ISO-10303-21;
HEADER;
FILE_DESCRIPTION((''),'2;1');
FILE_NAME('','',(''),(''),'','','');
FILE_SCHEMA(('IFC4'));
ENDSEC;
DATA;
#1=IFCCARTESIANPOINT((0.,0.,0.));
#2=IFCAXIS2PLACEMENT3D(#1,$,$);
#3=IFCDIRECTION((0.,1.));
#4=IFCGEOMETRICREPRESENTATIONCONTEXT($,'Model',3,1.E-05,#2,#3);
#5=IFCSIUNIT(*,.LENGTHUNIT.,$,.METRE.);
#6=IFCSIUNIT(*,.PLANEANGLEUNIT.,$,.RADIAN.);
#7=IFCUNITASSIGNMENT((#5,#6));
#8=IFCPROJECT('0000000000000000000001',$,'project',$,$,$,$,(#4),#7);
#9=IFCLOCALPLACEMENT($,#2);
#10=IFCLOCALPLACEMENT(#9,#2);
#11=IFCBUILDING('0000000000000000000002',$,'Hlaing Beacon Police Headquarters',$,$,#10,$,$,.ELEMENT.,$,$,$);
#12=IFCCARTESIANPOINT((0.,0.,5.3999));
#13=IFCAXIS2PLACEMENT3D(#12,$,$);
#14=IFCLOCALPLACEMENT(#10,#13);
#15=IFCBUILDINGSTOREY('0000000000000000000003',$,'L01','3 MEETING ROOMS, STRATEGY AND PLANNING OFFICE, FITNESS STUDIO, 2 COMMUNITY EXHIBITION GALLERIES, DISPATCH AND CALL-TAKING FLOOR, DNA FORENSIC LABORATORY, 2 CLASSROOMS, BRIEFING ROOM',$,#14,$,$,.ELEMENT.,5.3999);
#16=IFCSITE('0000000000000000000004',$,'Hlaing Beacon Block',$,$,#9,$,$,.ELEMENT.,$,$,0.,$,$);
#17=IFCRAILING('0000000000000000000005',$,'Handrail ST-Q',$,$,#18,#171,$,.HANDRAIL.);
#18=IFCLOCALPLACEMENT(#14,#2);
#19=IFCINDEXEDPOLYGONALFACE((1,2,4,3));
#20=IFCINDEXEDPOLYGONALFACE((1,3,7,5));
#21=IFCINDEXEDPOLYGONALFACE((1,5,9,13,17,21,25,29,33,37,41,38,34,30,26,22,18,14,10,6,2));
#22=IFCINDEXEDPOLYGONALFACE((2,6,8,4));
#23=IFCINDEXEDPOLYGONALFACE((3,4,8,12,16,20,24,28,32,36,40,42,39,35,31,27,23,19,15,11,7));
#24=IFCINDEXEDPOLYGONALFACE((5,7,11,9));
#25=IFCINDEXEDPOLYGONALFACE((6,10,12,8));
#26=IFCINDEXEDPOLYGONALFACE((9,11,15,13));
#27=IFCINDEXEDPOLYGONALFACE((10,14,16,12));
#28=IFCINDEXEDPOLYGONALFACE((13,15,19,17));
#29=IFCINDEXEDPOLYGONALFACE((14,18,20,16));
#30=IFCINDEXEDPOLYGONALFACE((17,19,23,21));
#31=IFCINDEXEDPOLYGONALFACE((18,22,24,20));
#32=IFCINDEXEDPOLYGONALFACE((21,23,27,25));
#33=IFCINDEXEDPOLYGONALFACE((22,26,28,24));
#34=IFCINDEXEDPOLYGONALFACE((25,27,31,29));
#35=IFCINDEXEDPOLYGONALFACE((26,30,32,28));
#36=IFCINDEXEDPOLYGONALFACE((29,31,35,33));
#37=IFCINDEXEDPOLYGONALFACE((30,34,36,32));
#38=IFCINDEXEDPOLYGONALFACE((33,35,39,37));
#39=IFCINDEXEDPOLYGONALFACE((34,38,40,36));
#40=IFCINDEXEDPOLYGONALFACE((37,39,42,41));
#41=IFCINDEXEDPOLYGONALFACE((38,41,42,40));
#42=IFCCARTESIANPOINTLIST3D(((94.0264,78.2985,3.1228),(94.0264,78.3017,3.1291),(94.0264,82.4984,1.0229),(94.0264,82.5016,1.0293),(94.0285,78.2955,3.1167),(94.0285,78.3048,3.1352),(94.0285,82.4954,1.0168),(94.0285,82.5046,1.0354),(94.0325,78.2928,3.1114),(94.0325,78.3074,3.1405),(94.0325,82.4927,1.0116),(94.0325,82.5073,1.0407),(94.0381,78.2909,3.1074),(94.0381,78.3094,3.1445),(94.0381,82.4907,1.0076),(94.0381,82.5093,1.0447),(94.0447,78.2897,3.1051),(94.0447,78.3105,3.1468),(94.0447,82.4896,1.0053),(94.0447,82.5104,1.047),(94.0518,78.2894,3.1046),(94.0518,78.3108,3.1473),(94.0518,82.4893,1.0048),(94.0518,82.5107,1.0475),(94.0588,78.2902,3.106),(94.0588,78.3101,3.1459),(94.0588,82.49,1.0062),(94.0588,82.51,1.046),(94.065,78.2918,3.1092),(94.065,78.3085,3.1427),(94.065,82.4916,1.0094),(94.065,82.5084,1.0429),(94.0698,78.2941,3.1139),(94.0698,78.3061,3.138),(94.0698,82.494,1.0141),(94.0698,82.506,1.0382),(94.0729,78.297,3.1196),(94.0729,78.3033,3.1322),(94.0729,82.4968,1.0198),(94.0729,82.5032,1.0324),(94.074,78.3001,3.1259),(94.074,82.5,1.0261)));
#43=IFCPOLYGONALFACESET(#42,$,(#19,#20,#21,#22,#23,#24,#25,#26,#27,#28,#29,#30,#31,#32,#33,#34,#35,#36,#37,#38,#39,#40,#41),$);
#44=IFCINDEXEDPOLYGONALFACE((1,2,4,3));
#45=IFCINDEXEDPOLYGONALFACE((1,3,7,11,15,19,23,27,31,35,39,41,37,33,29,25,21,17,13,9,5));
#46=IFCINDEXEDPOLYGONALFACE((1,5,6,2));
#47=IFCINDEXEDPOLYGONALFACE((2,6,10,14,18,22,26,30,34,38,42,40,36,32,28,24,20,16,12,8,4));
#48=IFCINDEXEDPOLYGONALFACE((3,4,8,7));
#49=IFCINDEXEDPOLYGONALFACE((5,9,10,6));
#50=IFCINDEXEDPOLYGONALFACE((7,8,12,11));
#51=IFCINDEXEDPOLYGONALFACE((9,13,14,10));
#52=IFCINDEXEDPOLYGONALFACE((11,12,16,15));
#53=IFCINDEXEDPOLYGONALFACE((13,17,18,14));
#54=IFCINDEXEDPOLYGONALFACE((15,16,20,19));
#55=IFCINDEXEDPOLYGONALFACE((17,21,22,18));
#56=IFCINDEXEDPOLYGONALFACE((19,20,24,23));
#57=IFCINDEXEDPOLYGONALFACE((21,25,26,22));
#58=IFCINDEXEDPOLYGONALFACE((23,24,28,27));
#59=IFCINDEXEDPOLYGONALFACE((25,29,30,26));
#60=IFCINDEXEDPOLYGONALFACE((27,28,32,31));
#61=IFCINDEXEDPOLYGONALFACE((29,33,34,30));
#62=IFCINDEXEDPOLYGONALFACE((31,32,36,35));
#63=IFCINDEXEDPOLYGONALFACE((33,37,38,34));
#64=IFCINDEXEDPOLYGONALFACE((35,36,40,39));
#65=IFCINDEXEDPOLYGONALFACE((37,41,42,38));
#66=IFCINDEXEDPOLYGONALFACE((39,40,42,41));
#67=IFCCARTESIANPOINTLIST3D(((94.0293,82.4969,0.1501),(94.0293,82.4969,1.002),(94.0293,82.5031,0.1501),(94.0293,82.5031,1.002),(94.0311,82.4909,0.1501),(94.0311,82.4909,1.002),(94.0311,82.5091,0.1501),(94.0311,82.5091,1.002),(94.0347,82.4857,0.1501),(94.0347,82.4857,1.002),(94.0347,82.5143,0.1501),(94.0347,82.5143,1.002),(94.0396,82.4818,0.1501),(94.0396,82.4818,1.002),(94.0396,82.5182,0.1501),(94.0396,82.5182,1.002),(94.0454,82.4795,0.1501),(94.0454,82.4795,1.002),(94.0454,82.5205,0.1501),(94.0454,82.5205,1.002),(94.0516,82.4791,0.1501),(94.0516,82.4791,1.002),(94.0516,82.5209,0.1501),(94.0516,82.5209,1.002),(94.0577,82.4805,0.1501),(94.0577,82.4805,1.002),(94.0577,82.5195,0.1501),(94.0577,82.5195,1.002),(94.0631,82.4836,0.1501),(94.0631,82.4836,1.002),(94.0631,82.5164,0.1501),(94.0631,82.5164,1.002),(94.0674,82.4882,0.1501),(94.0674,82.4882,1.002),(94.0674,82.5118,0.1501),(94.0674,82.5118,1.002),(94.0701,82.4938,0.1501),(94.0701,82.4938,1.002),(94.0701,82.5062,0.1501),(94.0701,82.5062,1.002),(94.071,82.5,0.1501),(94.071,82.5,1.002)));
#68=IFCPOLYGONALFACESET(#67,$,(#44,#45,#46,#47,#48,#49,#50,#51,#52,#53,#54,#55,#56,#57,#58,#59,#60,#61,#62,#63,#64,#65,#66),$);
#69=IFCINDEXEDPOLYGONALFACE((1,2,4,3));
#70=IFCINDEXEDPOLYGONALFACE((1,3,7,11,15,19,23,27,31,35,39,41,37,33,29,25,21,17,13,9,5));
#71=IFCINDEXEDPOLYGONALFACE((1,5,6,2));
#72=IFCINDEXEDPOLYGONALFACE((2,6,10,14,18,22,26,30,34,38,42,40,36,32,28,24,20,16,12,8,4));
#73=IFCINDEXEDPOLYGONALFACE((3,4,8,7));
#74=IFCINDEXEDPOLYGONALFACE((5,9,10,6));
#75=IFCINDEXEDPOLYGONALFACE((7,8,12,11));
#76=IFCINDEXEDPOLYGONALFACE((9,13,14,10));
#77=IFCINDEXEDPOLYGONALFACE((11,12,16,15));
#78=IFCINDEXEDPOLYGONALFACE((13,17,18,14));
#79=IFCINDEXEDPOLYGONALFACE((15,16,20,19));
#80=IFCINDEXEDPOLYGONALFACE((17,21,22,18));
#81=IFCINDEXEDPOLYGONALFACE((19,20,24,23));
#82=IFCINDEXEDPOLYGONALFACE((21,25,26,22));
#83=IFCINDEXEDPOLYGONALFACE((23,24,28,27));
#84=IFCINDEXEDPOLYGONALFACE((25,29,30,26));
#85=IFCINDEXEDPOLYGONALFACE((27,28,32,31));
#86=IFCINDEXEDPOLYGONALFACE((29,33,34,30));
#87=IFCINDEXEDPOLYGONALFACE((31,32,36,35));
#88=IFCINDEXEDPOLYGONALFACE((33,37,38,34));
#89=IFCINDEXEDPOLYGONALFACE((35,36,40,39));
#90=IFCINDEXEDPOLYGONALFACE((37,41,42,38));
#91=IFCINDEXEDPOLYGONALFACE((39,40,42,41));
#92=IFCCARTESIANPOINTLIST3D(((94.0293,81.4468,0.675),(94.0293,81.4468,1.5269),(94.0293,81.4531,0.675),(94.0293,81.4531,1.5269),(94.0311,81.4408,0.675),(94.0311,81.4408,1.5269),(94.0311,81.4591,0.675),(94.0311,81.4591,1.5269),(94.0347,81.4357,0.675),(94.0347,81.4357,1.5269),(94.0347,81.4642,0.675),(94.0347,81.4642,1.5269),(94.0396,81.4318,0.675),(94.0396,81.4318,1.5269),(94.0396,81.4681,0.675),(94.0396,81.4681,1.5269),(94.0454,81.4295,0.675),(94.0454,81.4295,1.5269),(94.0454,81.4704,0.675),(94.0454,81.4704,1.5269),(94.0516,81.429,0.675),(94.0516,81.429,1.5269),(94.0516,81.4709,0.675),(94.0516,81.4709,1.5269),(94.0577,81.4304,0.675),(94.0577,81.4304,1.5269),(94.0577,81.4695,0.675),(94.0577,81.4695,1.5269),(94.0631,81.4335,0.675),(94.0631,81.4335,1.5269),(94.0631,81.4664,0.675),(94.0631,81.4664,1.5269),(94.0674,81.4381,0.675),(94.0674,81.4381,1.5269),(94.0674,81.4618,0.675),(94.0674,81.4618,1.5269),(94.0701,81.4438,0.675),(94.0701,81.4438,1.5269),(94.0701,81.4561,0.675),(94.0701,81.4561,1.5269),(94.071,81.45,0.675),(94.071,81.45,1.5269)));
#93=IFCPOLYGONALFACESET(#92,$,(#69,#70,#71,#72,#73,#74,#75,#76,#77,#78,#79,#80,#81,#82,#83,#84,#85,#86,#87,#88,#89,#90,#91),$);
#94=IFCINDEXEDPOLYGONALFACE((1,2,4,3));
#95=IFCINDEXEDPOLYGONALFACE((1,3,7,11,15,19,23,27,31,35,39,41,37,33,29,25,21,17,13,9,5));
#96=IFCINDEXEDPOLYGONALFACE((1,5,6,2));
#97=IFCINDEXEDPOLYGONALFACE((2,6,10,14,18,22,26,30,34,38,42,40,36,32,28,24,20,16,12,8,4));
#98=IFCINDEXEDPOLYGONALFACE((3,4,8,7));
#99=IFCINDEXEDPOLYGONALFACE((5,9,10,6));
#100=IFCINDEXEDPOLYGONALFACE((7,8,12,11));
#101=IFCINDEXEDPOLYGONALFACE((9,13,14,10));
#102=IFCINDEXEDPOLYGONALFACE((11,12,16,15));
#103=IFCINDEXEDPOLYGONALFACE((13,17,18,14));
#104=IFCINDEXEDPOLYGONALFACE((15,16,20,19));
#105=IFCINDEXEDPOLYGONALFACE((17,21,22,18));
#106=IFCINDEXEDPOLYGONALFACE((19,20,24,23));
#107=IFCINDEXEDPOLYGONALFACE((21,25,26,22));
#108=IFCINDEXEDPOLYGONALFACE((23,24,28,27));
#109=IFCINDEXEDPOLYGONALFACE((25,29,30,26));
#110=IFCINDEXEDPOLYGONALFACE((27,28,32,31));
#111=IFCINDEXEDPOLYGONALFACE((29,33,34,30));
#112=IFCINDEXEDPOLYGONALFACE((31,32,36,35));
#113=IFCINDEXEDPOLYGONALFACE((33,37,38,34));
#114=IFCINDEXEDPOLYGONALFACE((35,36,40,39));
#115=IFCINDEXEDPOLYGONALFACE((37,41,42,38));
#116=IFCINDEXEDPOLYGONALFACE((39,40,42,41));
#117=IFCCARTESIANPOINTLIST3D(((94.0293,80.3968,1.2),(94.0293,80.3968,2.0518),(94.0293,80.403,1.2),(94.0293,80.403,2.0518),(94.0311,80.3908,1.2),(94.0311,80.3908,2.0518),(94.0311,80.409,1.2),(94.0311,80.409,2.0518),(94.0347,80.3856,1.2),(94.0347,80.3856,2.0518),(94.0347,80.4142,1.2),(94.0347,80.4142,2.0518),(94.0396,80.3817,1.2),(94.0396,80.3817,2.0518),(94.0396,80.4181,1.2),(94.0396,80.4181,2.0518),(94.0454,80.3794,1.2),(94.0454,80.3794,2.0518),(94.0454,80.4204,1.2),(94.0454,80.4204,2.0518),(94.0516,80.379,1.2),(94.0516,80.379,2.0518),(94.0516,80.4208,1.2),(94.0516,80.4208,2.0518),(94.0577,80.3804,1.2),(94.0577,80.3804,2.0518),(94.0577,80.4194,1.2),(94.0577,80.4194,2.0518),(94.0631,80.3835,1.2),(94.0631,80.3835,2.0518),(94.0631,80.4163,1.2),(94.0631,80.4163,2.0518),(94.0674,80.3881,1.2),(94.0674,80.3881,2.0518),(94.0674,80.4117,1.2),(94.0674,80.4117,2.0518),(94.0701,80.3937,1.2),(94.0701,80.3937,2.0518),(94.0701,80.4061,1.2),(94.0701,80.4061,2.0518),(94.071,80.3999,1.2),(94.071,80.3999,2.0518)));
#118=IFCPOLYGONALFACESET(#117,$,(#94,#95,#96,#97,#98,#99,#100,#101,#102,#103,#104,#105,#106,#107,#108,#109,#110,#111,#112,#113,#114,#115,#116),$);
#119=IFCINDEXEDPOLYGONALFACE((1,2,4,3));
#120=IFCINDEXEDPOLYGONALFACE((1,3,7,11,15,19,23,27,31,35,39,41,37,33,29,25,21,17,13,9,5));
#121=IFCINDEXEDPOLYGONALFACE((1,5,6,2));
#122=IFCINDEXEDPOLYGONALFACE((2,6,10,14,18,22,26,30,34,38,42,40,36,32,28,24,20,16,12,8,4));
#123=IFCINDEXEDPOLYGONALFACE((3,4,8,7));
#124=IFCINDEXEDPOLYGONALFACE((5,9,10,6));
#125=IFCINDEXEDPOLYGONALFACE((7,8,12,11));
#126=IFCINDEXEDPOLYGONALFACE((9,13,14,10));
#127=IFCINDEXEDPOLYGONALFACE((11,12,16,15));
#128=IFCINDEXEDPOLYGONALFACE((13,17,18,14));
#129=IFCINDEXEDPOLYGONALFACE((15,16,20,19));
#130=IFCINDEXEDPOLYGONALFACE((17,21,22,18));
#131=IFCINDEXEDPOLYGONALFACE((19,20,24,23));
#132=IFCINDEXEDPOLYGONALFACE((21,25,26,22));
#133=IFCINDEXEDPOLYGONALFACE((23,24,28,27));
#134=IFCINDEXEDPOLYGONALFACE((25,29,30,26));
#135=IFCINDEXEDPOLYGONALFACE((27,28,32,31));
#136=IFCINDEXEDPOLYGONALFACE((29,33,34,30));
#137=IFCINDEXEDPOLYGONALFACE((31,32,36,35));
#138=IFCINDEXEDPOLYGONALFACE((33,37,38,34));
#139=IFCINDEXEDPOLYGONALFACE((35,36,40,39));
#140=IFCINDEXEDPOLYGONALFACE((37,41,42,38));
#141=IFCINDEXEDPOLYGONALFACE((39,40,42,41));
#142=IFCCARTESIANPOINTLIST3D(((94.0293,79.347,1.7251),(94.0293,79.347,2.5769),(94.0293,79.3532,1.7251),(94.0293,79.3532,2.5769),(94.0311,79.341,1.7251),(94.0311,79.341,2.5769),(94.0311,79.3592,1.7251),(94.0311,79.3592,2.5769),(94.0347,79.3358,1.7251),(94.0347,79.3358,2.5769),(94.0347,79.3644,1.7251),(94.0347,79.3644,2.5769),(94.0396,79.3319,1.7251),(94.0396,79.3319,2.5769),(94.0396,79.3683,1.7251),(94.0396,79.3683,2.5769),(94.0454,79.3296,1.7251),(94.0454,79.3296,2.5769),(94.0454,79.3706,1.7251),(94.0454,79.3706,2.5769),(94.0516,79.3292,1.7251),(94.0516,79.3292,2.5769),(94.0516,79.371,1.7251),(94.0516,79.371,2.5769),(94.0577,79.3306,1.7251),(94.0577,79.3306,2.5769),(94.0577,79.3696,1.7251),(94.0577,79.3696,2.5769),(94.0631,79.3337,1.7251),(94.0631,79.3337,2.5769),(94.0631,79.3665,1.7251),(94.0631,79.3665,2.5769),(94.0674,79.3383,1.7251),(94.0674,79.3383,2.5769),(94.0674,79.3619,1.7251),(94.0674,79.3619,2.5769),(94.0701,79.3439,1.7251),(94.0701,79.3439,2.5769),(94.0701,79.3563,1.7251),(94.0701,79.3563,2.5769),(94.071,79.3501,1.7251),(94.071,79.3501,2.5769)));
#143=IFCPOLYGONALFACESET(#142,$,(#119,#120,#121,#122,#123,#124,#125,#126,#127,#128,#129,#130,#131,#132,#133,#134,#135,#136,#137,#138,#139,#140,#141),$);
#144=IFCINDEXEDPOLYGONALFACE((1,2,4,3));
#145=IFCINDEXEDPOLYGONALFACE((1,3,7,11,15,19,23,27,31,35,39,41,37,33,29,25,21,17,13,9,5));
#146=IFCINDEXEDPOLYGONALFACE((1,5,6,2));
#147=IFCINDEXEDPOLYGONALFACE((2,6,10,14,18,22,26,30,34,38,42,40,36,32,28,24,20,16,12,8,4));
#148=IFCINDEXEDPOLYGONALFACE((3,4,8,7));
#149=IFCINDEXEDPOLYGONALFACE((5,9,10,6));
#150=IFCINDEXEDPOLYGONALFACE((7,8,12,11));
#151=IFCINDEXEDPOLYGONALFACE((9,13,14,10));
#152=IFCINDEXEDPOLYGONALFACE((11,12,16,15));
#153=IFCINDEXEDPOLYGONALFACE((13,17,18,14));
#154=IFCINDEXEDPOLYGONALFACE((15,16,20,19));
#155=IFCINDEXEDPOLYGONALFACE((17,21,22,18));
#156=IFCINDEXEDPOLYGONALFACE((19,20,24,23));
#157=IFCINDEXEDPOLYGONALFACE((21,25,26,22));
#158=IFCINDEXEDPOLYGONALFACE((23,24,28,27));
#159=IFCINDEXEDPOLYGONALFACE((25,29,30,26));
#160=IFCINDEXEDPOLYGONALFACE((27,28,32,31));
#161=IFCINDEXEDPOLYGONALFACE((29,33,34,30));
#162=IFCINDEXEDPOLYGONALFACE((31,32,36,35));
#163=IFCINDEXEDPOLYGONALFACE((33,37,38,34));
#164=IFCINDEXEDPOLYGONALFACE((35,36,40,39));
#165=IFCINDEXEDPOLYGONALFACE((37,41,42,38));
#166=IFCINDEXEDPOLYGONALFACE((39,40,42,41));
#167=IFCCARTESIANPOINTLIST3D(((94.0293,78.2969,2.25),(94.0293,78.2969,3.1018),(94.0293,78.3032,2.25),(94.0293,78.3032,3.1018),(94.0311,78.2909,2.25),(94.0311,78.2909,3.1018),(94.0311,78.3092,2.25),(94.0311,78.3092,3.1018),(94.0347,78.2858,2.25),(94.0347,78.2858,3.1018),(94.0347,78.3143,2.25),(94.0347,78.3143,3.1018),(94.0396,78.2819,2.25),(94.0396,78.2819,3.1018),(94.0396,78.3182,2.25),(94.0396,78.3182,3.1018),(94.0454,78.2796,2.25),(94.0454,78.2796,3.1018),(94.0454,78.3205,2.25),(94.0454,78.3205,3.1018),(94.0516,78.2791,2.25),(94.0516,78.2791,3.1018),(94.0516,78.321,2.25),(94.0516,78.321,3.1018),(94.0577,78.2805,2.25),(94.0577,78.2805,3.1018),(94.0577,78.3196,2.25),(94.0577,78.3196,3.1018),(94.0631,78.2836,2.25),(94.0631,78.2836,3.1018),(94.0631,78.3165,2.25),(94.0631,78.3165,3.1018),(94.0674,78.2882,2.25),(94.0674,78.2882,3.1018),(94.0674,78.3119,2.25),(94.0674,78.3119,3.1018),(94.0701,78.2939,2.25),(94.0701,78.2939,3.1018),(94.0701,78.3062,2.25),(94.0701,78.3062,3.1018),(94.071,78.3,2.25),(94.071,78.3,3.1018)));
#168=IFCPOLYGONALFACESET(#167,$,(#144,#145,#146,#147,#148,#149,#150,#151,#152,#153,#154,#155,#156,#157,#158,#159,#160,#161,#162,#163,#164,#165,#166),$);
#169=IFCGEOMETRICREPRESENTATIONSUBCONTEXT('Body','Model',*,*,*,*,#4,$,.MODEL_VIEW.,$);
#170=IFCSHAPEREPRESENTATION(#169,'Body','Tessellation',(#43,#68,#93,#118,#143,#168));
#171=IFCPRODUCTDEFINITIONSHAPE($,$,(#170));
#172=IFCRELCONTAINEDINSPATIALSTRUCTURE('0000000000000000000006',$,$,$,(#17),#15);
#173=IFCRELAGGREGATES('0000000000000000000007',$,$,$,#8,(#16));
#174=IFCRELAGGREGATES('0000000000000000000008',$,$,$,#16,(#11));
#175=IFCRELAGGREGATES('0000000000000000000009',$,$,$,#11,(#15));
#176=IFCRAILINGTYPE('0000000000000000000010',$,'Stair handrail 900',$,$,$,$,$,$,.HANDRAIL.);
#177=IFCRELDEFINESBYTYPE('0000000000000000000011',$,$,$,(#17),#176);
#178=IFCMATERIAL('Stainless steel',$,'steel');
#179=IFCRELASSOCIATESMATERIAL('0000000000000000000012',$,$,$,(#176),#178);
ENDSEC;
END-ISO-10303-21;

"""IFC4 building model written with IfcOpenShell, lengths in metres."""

from ifc_helpers import new_model, si_unit, direction, frame, origin, origin_2d, place, context, subcontext, project, spatial, circle, extrude, material, type_object, element, save


model = new_model("IFC4")

# Units and contexts
model_context = context("Model", 3, precision=1e-05, world=origin(), true_north=direction((0.0, 1.0)))
body_context = subcontext(model_context, "Body", "Model", "MODEL_VIEW")
ifc_project = project(units=[si_unit("LENGTHUNIT", "METRE"), si_unit("PLANEANGLEUNIT", "RADIAN")], contexts=[model_context])

# Site, building, storey
site_placement = place(None, origin())
site = spatial("IfcSite", under=ifc_project, at=site_placement, Name="Hlaing Beacon Block", CompositionType="ELEMENT", RefElevation=0.0)
building_placement = place(site_placement, origin())
building = spatial("IfcBuilding", under=site, at=building_placement, Name="Hlaing Beacon Police Headquarters", CompositionType="ELEMENT")
storey_placement = place(building_placement, frame((0.0, 0.0, 5.3999)))
storey = spatial("IfcBuildingStorey", under=building, at=storey_placement, Name="L01", Description="3 MEETING ROOMS, STRATEGY AND PLANNING OFFICE, FITNESS STUDIO, 2 COMMUNITY EXHIBITION GALLERIES, DISPATCH AND CALL-TAKING FLOOR, DNA FORENSIC LABORATORY, 2 CLASSROOMS, BRIEFING ROOM", CompositionType="ELEMENT", Elevation=5.3999)

# Railing
ifc_material_1 = material(Name="Stainless steel", Category="steel")
railing_type_1 = type_object("IfcRailingType", Name="Stair handrail 900", PredefinedType="HANDRAIL", material=ifc_material_1)
for number, where, name in (
    (1, (94.05, 82.5, 0.1501), "Handrail ST-Q"),
):
    element("IfcRailing", number, at=place(storey_placement, frame(where)), inside=storey, type_object=railing_type_1, Name=name, PredefinedType="HANDRAIL", context=body_context, shape_type="SweptSolid", body=[
        extrude(circle(Radius=0.0239, at=origin_2d()), frame((0.0, 0.0, 0.876), z_axis=(0.0, -0.894438, 0.447193), x_axis=(1.0, 0.0, 0.0)), (0.0, 0.0, 1.0), 4.6956),
        extrude(circle(Radius=0.021, at=origin_2d()), origin(), (0.0, 0.0, 1.0), 0.8518),
        extrude(circle(Radius=0.021, at=origin_2d()), frame((0.0, -1.05, 0.5249)), (0.0, 0.0, 1.0), 0.8518),
        extrude(circle(Radius=0.021, at=origin_2d()), frame((0.0, -2.1001, 1.0498)), (0.0, 0.0, 1.0), 0.8518),
        extrude(circle(Radius=0.021, at=origin_2d()), frame((0.0, -3.1499, 1.575)), (0.0, 0.0, 1.0), 0.8518),
        extrude(circle(Radius=0.021, at=origin_2d()), frame((0.0, -4.2, 2.0999)), (0.0, 0.0, 1.0), 0.8518),
    ])

save(model, "model.ifc")
